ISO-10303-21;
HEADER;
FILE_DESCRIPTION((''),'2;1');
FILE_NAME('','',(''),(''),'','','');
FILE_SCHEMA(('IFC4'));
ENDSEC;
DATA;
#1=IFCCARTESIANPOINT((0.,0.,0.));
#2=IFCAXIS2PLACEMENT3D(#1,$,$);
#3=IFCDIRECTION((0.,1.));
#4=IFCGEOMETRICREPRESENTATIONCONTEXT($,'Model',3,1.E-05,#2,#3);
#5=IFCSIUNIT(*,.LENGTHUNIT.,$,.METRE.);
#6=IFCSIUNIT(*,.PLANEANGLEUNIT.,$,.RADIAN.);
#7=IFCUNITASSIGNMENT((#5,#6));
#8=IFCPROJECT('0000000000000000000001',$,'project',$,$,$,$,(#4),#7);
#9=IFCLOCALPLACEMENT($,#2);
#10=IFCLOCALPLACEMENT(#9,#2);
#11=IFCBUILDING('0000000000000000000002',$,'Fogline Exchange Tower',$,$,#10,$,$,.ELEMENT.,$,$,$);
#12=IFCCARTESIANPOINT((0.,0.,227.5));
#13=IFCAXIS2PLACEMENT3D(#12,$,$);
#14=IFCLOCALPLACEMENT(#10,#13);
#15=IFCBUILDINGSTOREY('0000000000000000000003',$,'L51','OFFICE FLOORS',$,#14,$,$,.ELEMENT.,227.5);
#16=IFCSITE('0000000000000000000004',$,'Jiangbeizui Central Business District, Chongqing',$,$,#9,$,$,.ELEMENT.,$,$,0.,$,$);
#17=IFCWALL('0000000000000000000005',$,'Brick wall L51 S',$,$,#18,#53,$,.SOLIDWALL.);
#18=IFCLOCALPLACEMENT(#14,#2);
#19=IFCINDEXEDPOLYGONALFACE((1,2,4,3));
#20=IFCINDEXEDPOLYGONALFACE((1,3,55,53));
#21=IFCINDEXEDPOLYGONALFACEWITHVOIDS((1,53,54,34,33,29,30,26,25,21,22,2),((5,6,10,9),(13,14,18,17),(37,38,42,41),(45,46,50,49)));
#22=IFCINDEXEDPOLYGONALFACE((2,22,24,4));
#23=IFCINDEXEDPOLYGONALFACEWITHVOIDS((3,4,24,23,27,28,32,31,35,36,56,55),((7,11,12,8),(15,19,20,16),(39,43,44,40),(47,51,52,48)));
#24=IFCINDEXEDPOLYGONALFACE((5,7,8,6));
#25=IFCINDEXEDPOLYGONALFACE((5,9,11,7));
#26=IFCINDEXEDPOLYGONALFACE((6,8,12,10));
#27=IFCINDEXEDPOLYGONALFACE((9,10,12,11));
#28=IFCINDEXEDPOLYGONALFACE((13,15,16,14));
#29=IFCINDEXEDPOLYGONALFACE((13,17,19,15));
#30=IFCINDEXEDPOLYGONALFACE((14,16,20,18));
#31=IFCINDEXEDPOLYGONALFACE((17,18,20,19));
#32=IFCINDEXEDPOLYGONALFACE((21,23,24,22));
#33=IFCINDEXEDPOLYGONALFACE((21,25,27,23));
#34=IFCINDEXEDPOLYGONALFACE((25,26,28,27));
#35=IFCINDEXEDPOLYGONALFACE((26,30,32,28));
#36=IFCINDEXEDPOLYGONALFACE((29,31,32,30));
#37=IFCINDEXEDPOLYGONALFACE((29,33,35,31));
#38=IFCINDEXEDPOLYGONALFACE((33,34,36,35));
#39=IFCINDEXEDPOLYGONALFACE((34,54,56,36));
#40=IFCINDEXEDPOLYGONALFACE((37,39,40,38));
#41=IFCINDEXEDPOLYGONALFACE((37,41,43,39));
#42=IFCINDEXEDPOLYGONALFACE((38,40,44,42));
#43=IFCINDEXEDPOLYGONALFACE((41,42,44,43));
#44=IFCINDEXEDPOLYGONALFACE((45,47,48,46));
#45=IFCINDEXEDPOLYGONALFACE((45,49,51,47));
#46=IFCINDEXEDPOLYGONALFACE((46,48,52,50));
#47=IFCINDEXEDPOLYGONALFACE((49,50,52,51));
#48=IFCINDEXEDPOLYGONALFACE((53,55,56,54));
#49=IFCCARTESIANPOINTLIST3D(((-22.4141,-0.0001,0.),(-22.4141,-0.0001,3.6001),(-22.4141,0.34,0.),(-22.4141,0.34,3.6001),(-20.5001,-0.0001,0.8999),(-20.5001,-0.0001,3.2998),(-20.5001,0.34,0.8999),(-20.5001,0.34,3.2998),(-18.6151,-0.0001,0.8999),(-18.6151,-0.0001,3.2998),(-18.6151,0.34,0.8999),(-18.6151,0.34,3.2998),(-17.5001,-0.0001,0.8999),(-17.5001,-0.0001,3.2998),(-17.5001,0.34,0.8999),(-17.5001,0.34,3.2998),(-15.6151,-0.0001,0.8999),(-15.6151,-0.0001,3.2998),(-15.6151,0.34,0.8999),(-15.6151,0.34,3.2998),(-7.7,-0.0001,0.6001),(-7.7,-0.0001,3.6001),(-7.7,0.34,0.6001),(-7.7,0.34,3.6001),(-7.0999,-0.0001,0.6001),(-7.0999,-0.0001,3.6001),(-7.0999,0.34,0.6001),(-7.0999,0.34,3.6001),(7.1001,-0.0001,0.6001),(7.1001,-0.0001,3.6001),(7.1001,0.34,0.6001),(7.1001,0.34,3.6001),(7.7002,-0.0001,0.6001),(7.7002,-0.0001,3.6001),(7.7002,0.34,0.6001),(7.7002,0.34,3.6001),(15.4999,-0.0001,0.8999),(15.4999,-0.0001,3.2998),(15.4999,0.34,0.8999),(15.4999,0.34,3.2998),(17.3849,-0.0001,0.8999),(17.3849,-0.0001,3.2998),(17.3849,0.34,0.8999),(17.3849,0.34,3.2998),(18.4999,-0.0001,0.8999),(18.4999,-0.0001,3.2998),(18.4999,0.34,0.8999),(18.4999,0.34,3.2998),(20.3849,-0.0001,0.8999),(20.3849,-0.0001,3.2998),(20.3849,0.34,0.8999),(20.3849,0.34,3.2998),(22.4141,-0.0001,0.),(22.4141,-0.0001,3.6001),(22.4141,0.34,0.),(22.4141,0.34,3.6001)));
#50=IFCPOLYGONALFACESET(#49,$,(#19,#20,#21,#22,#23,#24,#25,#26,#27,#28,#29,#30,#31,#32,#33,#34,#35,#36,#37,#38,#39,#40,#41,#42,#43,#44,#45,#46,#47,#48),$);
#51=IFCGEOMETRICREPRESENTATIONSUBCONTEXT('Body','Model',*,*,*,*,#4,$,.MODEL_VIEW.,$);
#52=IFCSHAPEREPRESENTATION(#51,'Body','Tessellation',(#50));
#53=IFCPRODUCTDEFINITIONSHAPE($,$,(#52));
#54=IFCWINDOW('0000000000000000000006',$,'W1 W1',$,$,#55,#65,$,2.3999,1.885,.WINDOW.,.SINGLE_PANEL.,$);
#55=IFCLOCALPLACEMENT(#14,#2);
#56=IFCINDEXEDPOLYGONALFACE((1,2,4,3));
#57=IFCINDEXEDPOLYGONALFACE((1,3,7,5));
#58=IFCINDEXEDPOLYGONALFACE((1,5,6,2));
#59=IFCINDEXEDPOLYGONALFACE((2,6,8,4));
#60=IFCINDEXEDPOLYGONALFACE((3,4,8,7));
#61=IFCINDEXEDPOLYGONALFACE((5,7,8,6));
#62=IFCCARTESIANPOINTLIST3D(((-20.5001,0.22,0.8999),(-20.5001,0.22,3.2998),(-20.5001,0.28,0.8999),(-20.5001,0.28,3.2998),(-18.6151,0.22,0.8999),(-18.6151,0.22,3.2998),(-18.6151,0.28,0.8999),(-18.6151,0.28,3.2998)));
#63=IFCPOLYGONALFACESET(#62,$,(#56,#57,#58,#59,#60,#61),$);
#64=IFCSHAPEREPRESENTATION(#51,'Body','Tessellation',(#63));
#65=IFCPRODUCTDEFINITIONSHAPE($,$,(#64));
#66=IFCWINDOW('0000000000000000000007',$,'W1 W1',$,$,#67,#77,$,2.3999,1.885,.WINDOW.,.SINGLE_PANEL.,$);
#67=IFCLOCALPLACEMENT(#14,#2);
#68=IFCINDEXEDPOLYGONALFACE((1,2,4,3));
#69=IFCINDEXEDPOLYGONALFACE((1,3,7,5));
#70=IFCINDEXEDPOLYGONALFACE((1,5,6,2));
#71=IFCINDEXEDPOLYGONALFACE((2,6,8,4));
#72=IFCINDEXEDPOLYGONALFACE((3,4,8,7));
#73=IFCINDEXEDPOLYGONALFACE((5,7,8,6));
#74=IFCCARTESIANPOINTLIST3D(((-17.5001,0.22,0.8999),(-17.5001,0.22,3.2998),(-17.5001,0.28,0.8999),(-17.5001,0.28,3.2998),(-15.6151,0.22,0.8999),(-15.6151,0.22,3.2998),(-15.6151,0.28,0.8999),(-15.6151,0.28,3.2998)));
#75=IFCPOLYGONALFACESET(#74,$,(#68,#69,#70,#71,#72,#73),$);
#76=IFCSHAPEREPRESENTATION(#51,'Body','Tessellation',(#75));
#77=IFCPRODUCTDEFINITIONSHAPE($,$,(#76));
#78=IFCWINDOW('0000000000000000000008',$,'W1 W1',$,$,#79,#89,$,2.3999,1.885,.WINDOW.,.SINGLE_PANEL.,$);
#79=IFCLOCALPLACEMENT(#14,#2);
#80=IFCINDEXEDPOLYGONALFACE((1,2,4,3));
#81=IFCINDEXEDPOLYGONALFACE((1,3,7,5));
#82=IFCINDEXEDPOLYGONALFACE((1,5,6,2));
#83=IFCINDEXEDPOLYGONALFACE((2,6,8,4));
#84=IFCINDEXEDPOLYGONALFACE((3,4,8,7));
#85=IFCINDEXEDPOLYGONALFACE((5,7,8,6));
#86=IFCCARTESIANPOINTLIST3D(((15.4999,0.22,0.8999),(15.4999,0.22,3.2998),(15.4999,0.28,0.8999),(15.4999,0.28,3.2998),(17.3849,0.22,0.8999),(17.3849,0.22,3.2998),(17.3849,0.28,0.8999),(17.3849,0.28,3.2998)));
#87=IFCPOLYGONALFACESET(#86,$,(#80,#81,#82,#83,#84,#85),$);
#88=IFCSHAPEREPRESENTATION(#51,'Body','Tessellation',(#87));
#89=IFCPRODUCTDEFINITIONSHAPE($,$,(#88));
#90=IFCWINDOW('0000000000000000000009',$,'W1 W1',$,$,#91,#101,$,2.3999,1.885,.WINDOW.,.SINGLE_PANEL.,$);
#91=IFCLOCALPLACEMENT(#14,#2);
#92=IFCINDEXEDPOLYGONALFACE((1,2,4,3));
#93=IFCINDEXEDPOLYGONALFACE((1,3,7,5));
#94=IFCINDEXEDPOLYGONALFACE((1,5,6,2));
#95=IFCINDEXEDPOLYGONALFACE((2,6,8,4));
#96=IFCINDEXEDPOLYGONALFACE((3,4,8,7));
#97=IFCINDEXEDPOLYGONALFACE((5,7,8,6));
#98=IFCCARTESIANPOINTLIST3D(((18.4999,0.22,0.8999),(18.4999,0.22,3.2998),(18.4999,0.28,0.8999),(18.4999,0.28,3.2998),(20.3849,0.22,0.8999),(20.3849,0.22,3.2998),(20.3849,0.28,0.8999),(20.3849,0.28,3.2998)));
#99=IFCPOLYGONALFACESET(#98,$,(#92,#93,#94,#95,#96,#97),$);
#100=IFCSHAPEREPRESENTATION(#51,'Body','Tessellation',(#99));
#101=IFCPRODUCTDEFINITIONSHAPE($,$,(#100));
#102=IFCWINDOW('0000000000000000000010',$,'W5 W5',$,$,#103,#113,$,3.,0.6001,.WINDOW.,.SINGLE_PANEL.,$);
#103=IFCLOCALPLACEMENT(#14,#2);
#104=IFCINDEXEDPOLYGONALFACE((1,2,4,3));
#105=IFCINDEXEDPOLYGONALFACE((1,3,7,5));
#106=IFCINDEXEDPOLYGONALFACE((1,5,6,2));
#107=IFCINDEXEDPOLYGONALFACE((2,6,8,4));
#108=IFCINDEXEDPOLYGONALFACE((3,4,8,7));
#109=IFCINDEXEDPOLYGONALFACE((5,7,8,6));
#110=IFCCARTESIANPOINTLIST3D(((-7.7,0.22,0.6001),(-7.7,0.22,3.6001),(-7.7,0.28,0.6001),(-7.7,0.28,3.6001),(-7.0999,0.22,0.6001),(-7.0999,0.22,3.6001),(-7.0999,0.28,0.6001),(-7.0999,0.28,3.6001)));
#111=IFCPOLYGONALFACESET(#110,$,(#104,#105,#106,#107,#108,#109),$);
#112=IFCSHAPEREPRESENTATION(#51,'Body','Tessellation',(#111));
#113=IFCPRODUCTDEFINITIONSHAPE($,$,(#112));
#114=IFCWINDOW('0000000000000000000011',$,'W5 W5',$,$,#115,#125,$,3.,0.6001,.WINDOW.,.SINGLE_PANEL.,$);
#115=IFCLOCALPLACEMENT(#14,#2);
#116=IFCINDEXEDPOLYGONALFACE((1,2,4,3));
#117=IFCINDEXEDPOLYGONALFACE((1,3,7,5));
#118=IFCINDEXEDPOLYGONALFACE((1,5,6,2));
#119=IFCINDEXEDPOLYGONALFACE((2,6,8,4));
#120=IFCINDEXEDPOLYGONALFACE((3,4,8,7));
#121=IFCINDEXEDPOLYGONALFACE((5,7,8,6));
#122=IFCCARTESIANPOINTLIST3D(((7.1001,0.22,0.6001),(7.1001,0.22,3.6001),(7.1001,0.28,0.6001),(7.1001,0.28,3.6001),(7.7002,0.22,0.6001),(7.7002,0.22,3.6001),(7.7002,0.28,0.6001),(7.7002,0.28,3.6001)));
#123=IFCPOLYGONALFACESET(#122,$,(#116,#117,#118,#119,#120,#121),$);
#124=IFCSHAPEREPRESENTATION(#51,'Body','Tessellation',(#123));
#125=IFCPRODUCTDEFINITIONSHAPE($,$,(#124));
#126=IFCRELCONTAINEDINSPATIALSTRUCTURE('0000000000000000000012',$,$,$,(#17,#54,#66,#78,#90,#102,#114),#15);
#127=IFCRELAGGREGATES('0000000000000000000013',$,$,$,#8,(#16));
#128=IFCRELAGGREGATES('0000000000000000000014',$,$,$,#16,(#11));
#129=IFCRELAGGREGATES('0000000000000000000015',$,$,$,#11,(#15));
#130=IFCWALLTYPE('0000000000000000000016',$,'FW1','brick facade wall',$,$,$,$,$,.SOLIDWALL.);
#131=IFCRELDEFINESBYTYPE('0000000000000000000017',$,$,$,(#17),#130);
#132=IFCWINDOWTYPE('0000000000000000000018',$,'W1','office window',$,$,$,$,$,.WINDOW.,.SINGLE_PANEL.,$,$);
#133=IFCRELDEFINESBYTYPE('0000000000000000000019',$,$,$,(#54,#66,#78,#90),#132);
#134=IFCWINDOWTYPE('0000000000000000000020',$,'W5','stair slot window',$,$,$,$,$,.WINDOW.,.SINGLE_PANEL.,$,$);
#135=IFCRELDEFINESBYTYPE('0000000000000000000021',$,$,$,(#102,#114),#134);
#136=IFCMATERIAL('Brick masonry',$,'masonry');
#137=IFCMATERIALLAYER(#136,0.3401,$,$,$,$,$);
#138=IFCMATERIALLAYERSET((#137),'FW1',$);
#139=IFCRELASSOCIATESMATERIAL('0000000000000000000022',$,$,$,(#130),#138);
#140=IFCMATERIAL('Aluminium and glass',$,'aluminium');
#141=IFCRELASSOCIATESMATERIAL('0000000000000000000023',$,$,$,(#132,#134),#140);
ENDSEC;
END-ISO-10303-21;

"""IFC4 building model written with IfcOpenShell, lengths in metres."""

from ifc_helpers import new_model, si_unit, direction, frame, frame_2d, origin, place, context, subcontext, project, spatial, rectangle, extrude, material, layer, layer_set, type_object, element, fill, save


model = new_model("IFC4")

# Units and contexts
model_context = context("Model", 3, precision=1e-05, world=origin(), true_north=direction((0.0, 1.0)))
body_context = subcontext(model_context, "Body", "Model", "MODEL_VIEW")
ifc_project = project(units=[si_unit("LENGTHUNIT", "METRE"), si_unit("PLANEANGLEUNIT", "RADIAN")], contexts=[model_context])

# Site, building, storey
site_placement = place(None, origin())
site = spatial("IfcSite", under=ifc_project, at=site_placement, Name="Jiangbeizui Central Business District, Chongqing", CompositionType="ELEMENT", RefElevation=0.0)
building_placement = place(site_placement, origin())
building = spatial("IfcBuilding", under=site, at=building_placement, Name="Fogline Exchange Tower", CompositionType="ELEMENT")
storey_placement = place(building_placement, frame((0.0, 0.0, 227.5)))
storey = spatial("IfcBuildingStorey", under=building, at=storey_placement, Name="L51", Description="OFFICE FLOORS", CompositionType="ELEMENT", Elevation=227.5)

# Shared definitions
ifc_material_1 = material(Name="Brick masonry", Category="masonry")
ifc_layer = layer(ifc_material_1, 0.3401)
ifc_layer_set = layer_set([ifc_layer], Name="FW1")
wall_type = type_object("IfcWallType", Name="FW1", Description="brick facade wall", PredefinedType="SOLIDWALL", material=ifc_layer_set)
ifc_material_2 = material(Name="Aluminium and glass", Category="aluminium")

# Wall, openings, windows
wall_1_placement = place(storey_placement, frame((-22.4141, 0.1699, 0.0), z_axis=(0.0, 0.0, 1.0), x_axis=(1.0, 0.0, 0.0)))
wall_1 = element("IfcWall", 1, at=wall_1_placement, inside=storey, type_object=wall_type, Name="Brick wall L51 S", PredefinedType="SOLIDWALL", context=body_context, shape_type="SweptSolid", body=[
    extrude(rectangle(XDim=44.8281, YDim=0.3401, at=frame_2d((22.4141, 0.0))), origin(), (0.0, 0.0, 1.0), 3.6001),
])
opening_1_placement = place(wall_1_placement, frame((1.9141, 0.0, 0.8999)))
opening_1 = element("IfcOpeningElement", 2, at=opening_1_placement, cuts=wall_1, PredefinedType="OPENING", context=body_context, shape_type="SweptSolid", body=[
    extrude(rectangle(XDim=1.885, YDim=2.3999, at=frame_2d((0.9424, 1.2))), frame((0.0, 0.1802, 0.0), z_axis=(0.0, -1.0, 0.0), x_axis=(1.0, 0.0, 0.0)), (0.0, 0.0, 1.0), 0.3601),
])
opening_2_placement = place(wall_1_placement, frame((4.9141, 0.0, 0.8999)))
opening_2 = element("IfcOpeningElement", 3, at=opening_2_placement, cuts=wall_1, PredefinedType="OPENING", context=body_context, shape_type="SweptSolid", body=[
    extrude(rectangle(XDim=1.885, YDim=2.3999, at=frame_2d((0.9424, 1.2))), frame((0.0, 0.1802, 0.0), z_axis=(0.0, -1.0, 0.0), x_axis=(1.0, 0.0, 0.0)), (0.0, 0.0, 1.0), 0.3601),
])
opening_3_placement = place(wall_1_placement, frame((37.9141, 0.0, 0.8999)))
opening_3 = element("IfcOpeningElement", 4, at=opening_3_placement, cuts=wall_1, PredefinedType="OPENING", context=body_context, shape_type="SweptSolid", body=[
    extrude(rectangle(XDim=1.885, YDim=2.3999, at=frame_2d((0.9424, 1.2))), frame((0.0, 0.1802, 0.0), z_axis=(0.0, -1.0, 0.0), x_axis=(1.0, 0.0, 0.0)), (0.0, 0.0, 1.0), 0.3601),
])
opening_4_placement = place(wall_1_placement, frame((40.9141, 0.0, 0.8999)))
opening_4 = element("IfcOpeningElement", 5, at=opening_4_placement, cuts=wall_1, PredefinedType="OPENING", context=body_context, shape_type="SweptSolid", body=[
    extrude(rectangle(XDim=1.885, YDim=2.3999, at=frame_2d((0.9424, 1.2))), frame((0.0, 0.1802, 0.0), z_axis=(0.0, -1.0, 0.0), x_axis=(1.0, 0.0, 0.0)), (0.0, 0.0, 1.0), 0.3601),
])
opening_5_placement = place(wall_1_placement, frame((14.7141, 0.0, 0.6001)))
opening_5 = element("IfcOpeningElement", 6, at=opening_5_placement, cuts=wall_1, PredefinedType="OPENING", context=body_context, shape_type="SweptSolid", body=[
    extrude(rectangle(XDim=0.6001, YDim=3.0, at=frame_2d((0.3, 1.5))), frame((0.0, 0.1802, 0.0), z_axis=(0.0, -1.0, 0.0), x_axis=(1.0, 0.0, 0.0)), (0.0, 0.0, 1.0), 0.3601),
])
opening_6_placement = place(wall_1_placement, frame((29.5142, 0.0, 0.6001)))
opening_6 = element("IfcOpeningElement", 7, at=opening_6_placement, cuts=wall_1, PredefinedType="OPENING", context=body_context, shape_type="SweptSolid", body=[
    extrude(rectangle(XDim=0.6001, YDim=3.0, at=frame_2d((0.3, 1.5))), frame((0.0, 0.1802, 0.0), z_axis=(0.0, -1.0, 0.0), x_axis=(1.0, 0.0, 0.0)), (0.0, 0.0, 1.0), 0.3601),
])
window_type_1 = type_object("IfcWindowType", Name="W1", Description="office window", PartitioningType="SINGLE_PANEL", PredefinedType="WINDOW", material=ifc_material_2)
window_1_placement = place(opening_1_placement, origin())
window_1 = element("IfcWindow", 8, at=window_1_placement, inside=storey, type_object=window_type_1, Name="W1 W1", OverallHeight=2.3999, OverallWidth=1.885, PartitioningType="SINGLE_PANEL", PredefinedType="WINDOW", context=body_context, shape_type="SweptSolid", body=[
    extrude(rectangle(XDim=1.885, YDim=2.3999, at=frame_2d((0.9424, 1.2))), frame((0.0, 0.1101, 0.0), z_axis=(0.0, -1.0, 0.0), x_axis=(1.0, 0.0, 0.0)), (0.0, 0.0, 1.0), 0.0601),
])
fill(opening_1, window_1)
window_2_placement = place(opening_2_placement, origin())
window_2 = element("IfcWindow", 9, at=window_2_placement, inside=storey, type_object=window_type_1, Name="W1 W1", OverallHeight=2.3999, OverallWidth=1.885, PartitioningType="SINGLE_PANEL", PredefinedType="WINDOW", context=body_context, shape_type="SweptSolid", body=[
    extrude(rectangle(XDim=1.885, YDim=2.3999, at=frame_2d((0.9424, 1.2))), frame((0.0, 0.1101, 0.0), z_axis=(0.0, -1.0, 0.0), x_axis=(1.0, 0.0, 0.0)), (0.0, 0.0, 1.0), 0.0601),
])
fill(opening_2, window_2)
window_3_placement = place(opening_3_placement, origin())
window_3 = element("IfcWindow", 10, at=window_3_placement, inside=storey, type_object=window_type_1, Name="W1 W1", OverallHeight=2.3999, OverallWidth=1.885, PartitioningType="SINGLE_PANEL", PredefinedType="WINDOW", context=body_context, shape_type="SweptSolid", body=[
    extrude(rectangle(XDim=1.885, YDim=2.3999, at=frame_2d((0.9424, 1.2))), frame((0.0, 0.1101, 0.0), z_axis=(0.0, -1.0, 0.0), x_axis=(1.0, 0.0, 0.0)), (0.0, 0.0, 1.0), 0.0601),
])
fill(opening_3, window_3)
window_4_placement = place(opening_4_placement, origin())
window_4 = element("IfcWindow", 11, at=window_4_placement, inside=storey, type_object=window_type_1, Name="W1 W1", OverallHeight=2.3999, OverallWidth=1.885, PartitioningType="SINGLE_PANEL", PredefinedType="WINDOW", context=body_context, shape_type="SweptSolid", body=[
    extrude(rectangle(XDim=1.885, YDim=2.3999, at=frame_2d((0.9424, 1.2))), frame((0.0, 0.1101, 0.0), z_axis=(0.0, -1.0, 0.0), x_axis=(1.0, 0.0, 0.0)), (0.0, 0.0, 1.0), 0.0601),
])
fill(opening_4, window_4)
window_type_2 = type_object("IfcWindowType", Name="W5", Description="stair slot window", PartitioningType="SINGLE_PANEL", PredefinedType="WINDOW", material=ifc_material_2)
window_5_placement = place(opening_5_placement, origin())
window_5 = element("IfcWindow", 12, at=window_5_placement, inside=storey, type_object=window_type_2, Name="W5 W5", OverallHeight=3.0, OverallWidth=0.6001, PartitioningType="SINGLE_PANEL", PredefinedType="WINDOW", context=body_context, shape_type="SweptSolid", body=[
    extrude(rectangle(XDim=0.6001, YDim=3.0, at=frame_2d((0.3, 1.5))), frame((0.0, 0.1101, 0.0), z_axis=(0.0, -1.0, 0.0), x_axis=(1.0, 0.0, 0.0)), (0.0, 0.0, 1.0), 0.0601),
])
fill(opening_5, window_5)
window_6_placement = place(opening_6_placement, origin())
window_6 = element("IfcWindow", 13, at=window_6_placement, inside=storey, type_object=window_type_2, Name="W5 W5", OverallHeight=3.0, OverallWidth=0.6001, PartitioningType="SINGLE_PANEL", PredefinedType="WINDOW", context=body_context, shape_type="SweptSolid", body=[
    extrude(rectangle(XDim=0.6001, YDim=3.0, at=frame_2d((0.3, 1.5))), frame((0.0, 0.1101, 0.0), z_axis=(0.0, -1.0, 0.0), x_axis=(1.0, 0.0, 0.0)), (0.0, 0.0, 1.0), 0.0601),
])
fill(opening_6, window_6)

save(model, "model.ifc")
